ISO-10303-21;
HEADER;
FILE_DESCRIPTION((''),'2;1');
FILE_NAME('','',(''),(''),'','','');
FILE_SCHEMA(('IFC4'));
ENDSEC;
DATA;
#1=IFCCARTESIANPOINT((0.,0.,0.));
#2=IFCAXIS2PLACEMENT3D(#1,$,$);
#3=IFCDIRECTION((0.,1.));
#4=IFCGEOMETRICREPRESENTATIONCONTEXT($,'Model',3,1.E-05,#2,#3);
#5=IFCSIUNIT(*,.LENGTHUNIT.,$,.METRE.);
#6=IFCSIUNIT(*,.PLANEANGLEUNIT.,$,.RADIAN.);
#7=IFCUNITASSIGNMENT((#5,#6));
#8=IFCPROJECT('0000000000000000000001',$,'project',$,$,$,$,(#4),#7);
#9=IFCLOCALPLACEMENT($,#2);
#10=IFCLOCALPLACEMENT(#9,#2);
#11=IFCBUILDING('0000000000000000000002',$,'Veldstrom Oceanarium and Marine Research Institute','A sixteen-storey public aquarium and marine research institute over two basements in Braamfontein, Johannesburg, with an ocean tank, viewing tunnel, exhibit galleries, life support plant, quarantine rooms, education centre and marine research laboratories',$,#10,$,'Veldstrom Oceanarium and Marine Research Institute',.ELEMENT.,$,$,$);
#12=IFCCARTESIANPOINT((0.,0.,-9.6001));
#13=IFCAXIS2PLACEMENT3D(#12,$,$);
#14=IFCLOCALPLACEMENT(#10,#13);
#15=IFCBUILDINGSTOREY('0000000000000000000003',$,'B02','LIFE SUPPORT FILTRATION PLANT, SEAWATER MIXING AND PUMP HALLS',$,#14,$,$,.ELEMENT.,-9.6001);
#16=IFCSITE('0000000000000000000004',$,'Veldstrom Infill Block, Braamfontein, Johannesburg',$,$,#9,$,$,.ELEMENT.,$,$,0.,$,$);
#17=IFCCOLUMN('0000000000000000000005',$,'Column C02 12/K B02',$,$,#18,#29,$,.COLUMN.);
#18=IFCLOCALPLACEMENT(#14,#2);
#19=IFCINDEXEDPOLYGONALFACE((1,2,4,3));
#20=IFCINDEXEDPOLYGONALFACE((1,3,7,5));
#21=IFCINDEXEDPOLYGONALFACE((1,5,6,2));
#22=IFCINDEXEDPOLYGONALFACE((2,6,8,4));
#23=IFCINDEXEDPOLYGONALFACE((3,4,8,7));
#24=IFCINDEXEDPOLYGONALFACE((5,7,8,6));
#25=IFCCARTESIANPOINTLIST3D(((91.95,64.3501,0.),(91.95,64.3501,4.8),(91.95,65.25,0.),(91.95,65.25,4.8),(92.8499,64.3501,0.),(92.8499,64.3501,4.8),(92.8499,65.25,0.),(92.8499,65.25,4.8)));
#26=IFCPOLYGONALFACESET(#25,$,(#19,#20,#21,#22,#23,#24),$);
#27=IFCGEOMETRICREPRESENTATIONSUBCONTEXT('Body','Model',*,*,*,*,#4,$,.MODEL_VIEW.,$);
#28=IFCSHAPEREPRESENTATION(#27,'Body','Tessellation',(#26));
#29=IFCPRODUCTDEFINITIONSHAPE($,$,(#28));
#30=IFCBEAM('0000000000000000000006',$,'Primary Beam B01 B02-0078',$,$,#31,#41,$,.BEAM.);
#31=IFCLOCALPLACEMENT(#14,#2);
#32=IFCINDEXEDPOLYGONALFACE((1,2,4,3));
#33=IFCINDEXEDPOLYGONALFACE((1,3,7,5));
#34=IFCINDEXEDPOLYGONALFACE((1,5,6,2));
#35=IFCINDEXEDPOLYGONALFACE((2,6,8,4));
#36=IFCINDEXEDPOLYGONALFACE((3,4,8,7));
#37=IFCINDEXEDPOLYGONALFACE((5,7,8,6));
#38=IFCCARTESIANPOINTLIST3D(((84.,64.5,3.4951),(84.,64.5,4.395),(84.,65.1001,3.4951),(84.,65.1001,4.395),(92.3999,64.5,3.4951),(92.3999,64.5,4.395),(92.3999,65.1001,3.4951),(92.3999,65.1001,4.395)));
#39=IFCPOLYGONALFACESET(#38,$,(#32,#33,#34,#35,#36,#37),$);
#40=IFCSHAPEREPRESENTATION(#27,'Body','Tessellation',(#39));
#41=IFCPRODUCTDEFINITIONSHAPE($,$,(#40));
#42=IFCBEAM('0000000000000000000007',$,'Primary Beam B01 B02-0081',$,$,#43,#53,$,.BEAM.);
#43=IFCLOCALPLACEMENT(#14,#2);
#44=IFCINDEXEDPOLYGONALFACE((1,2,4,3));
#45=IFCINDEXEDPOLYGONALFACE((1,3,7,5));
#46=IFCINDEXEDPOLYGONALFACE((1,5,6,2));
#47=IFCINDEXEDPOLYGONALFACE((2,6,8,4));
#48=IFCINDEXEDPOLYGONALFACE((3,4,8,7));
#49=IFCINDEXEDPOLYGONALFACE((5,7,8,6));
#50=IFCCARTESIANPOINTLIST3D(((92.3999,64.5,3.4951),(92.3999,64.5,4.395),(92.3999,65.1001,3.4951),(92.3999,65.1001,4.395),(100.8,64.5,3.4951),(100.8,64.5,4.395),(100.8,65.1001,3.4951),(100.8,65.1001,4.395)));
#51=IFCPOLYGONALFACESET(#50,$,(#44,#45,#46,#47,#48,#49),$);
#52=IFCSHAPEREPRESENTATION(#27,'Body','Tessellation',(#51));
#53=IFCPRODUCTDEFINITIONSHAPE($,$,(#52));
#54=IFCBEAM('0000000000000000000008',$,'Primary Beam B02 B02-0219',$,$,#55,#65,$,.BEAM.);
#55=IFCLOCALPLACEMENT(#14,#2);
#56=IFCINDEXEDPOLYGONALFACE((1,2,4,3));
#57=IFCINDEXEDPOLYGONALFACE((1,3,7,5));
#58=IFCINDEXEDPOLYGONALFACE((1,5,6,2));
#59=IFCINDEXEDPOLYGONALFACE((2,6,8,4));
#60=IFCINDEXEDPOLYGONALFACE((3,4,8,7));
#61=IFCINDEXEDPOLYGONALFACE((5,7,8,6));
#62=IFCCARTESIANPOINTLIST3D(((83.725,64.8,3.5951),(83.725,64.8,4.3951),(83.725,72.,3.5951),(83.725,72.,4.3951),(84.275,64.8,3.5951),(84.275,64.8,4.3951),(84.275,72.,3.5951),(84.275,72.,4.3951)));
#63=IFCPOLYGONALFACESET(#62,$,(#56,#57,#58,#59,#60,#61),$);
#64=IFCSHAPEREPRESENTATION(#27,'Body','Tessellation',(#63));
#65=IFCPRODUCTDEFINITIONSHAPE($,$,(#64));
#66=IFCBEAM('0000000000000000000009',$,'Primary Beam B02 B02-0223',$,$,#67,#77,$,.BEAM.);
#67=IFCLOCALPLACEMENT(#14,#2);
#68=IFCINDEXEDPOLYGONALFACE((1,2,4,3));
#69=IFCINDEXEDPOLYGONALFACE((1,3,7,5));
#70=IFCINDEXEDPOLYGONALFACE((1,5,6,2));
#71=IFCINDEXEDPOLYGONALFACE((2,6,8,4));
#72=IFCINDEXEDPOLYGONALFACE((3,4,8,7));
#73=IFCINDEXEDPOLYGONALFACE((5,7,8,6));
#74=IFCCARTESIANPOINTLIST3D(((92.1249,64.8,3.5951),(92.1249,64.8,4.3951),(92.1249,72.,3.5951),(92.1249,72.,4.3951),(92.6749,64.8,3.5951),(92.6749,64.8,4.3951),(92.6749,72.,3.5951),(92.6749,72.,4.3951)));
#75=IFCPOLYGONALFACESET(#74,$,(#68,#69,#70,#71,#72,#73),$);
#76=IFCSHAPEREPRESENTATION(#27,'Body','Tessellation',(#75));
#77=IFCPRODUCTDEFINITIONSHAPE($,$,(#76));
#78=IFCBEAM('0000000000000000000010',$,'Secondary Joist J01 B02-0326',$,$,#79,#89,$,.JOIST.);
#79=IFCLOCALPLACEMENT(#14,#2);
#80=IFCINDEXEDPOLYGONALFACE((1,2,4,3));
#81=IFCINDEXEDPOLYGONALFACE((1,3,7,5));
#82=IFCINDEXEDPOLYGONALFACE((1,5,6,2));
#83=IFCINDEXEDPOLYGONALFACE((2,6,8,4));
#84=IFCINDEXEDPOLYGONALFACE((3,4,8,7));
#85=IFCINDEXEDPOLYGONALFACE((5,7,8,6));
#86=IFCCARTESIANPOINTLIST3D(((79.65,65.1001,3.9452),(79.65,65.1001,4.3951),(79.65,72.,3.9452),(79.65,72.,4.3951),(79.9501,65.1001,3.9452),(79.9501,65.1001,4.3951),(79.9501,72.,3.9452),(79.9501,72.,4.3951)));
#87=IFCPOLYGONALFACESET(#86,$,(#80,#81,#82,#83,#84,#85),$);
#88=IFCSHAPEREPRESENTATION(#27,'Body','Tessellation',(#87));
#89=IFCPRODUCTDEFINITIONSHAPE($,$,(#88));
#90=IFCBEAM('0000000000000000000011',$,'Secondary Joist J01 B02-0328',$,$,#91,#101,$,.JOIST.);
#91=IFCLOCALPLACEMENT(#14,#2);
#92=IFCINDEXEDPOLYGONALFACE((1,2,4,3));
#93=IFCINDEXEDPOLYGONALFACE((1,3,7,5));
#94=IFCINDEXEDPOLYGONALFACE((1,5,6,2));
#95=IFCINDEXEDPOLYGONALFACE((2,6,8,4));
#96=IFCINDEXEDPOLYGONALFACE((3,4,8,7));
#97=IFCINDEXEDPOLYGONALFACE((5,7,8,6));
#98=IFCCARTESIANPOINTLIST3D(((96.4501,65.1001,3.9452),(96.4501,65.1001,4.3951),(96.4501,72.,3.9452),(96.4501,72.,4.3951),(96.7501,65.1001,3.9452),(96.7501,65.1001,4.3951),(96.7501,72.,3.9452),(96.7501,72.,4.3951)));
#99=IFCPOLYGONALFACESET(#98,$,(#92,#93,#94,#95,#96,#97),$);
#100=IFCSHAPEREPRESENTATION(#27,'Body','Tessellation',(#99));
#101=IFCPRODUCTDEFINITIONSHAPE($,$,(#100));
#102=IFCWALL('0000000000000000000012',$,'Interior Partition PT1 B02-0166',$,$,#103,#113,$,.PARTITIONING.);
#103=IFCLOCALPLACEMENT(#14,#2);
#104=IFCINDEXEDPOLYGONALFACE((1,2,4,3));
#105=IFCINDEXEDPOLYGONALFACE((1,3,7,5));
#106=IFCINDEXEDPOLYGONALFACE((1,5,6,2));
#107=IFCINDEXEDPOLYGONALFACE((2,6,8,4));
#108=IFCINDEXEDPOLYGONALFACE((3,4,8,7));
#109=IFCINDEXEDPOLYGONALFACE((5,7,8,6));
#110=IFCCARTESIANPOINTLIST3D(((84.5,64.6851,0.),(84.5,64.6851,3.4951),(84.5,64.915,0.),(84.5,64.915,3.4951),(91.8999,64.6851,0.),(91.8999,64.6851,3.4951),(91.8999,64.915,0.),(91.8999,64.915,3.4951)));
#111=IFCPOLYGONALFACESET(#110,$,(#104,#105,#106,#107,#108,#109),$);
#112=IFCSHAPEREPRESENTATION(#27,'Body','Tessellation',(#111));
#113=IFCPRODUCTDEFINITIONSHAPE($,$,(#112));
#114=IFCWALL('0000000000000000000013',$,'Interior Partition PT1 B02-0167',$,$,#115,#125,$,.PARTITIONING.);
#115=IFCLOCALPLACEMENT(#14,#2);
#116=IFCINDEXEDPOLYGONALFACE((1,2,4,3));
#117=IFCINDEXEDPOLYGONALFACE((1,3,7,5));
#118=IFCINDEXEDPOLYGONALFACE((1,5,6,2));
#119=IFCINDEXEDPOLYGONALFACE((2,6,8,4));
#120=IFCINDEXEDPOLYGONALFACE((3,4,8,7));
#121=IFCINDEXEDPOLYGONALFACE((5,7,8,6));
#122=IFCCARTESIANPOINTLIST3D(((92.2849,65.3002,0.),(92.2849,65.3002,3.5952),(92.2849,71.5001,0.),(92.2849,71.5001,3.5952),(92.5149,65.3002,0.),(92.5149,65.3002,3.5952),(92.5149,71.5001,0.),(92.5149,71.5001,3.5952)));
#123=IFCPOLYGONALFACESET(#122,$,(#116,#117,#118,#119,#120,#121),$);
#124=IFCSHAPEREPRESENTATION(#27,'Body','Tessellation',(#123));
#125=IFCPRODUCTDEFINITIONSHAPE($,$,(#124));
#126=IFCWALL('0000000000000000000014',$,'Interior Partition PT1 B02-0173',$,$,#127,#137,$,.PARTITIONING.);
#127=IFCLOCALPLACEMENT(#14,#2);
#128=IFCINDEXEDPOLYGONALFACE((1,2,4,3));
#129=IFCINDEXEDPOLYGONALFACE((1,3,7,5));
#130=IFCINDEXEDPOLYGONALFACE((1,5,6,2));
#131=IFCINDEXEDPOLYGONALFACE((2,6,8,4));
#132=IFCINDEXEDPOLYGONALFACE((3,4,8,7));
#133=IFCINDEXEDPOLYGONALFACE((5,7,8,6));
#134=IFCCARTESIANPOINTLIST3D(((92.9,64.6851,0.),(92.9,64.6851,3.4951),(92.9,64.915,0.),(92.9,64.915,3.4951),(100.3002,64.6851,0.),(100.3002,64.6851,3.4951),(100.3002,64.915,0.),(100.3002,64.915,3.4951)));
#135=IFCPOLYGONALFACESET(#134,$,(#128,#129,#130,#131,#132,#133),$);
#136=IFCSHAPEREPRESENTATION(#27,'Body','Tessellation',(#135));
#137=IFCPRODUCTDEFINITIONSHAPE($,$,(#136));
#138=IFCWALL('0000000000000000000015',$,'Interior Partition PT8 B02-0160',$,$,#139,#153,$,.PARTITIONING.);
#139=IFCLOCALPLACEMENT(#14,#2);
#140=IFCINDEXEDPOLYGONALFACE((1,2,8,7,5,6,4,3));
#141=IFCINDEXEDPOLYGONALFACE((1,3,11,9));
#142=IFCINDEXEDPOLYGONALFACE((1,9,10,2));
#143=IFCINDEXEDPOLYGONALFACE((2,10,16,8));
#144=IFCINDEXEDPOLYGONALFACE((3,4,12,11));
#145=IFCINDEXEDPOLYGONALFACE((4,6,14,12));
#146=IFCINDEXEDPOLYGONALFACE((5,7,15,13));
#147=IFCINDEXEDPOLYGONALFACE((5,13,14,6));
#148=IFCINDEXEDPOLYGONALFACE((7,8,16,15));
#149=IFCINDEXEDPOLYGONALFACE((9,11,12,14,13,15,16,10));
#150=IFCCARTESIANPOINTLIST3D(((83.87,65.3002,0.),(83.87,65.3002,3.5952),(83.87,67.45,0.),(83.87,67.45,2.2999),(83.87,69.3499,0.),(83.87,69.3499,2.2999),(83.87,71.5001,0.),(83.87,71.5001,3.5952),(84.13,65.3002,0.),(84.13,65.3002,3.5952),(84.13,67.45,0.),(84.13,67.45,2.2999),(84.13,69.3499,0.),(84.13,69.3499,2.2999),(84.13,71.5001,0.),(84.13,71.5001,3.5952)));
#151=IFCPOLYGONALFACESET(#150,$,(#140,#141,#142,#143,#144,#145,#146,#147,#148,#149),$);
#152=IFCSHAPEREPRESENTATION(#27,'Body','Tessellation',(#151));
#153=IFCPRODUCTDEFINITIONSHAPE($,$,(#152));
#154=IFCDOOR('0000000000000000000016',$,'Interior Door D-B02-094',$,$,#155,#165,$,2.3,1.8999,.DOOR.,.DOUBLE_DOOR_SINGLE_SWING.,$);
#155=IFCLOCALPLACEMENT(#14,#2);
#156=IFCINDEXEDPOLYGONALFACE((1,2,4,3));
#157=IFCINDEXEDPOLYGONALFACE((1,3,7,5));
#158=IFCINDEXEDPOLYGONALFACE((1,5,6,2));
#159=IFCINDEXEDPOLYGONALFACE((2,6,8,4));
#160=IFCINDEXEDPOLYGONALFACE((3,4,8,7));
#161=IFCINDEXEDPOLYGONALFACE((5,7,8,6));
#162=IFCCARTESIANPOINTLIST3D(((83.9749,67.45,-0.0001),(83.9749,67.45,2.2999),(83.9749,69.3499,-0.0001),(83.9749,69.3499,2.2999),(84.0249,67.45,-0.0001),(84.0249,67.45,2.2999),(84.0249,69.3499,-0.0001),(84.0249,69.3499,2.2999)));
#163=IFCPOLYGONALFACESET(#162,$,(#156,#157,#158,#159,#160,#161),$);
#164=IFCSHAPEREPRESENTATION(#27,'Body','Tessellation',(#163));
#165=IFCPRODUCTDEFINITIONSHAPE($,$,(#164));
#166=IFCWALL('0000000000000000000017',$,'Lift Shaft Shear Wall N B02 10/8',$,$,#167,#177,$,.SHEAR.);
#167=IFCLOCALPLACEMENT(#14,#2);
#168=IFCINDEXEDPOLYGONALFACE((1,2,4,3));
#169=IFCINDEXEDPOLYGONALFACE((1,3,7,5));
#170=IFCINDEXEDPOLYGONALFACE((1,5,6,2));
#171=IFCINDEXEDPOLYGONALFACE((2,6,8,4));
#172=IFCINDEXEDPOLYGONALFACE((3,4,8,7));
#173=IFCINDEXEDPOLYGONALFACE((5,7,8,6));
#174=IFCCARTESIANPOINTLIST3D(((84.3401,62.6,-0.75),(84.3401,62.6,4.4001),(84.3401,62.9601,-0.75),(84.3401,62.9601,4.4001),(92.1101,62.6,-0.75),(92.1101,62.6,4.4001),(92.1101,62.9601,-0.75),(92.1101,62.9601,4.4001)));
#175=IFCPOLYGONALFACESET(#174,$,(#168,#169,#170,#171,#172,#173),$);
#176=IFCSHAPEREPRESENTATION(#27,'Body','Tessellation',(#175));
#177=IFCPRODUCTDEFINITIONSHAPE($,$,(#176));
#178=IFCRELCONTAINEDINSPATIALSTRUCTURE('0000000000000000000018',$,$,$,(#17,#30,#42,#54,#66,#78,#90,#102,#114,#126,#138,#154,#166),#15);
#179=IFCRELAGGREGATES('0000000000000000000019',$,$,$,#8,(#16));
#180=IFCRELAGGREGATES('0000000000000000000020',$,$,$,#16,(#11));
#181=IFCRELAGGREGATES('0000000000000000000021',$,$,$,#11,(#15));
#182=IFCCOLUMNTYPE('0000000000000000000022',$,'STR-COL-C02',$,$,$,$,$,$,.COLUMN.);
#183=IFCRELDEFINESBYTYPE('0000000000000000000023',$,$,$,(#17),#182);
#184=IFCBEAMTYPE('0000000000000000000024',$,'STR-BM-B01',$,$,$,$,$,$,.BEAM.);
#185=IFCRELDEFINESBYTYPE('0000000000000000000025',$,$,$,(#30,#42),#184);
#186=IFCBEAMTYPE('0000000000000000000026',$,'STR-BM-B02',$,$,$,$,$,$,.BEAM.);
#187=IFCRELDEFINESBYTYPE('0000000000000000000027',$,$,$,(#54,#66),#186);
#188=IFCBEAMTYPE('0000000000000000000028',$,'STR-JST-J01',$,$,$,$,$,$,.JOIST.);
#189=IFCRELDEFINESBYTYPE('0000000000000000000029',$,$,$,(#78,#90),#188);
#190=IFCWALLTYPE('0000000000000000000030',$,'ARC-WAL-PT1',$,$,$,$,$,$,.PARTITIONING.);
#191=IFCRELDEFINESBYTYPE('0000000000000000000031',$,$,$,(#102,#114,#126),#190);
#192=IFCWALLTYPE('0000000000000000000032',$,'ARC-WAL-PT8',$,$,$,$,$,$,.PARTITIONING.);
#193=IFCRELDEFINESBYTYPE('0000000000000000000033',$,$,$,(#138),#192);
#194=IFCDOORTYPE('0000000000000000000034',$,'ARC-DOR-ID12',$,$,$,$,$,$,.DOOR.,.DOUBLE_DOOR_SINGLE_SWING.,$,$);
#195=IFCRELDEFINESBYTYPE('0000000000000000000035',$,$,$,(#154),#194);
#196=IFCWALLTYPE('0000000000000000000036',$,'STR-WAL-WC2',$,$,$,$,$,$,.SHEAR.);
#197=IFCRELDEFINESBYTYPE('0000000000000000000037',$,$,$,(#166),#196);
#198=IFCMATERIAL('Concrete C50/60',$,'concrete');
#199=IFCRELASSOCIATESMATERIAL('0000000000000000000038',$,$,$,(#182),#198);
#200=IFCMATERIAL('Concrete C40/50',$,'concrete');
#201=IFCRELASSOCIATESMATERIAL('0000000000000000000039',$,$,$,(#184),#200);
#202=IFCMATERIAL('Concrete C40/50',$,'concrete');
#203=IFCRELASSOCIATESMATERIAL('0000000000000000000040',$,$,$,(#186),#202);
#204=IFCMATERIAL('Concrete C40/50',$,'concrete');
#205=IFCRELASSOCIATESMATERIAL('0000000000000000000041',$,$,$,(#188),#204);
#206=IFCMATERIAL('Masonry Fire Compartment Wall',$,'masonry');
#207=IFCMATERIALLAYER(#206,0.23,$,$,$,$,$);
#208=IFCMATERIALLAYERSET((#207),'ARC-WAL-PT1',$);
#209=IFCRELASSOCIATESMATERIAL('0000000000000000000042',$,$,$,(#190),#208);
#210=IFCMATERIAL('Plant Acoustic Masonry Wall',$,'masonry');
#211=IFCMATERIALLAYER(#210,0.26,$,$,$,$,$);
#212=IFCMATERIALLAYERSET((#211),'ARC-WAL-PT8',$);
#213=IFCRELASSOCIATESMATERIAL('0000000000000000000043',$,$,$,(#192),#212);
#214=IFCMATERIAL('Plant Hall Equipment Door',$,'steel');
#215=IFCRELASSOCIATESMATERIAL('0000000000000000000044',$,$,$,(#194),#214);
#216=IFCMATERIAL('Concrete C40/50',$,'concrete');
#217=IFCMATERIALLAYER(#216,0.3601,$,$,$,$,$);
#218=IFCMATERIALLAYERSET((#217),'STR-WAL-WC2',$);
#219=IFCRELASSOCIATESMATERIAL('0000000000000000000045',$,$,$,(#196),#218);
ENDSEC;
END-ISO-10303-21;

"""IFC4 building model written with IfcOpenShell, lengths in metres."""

from ifc_helpers import new_model, si_unit, direction, frame, frame_2d, origin, origin_2d, place, context, subcontext, project, spatial, rectangle, extrude, material, layer, layer_set, material_profile, profile_set, type_object, element, fill, save


model = new_model("IFC4")

# Units and contexts
model_context = context("Model", 3, precision=1e-05, world=origin(), true_north=direction((0.0, 1.0)))
body_context = subcontext(model_context, "Body", "Model", "MODEL_VIEW")
ifc_project = project(units=[si_unit("LENGTHUNIT", "METRE"), si_unit("PLANEANGLEUNIT", "RADIAN")], contexts=[model_context])

# Site, building, storey
site_placement = place(None, origin())
site = spatial("IfcSite", under=ifc_project, at=site_placement, Name="Veldstrom Infill Block, Braamfontein, Johannesburg", CompositionType="ELEMENT", RefElevation=0.0)
building_placement = place(site_placement, origin())
building = spatial("IfcBuilding", under=site, at=building_placement, Name="Veldstrom Oceanarium and Marine Research Institute", Description="A sixteen-storey public aquarium and marine research institute over two basements in Braamfontein, Johannesburg, with an ocean tank, viewing tunnel, exhibit galleries, life support plant, quarantine rooms, education centre and marine research laboratories", LongName="Veldstrom Oceanarium and Marine Research Institute", CompositionType="ELEMENT")
storey_placement = place(building_placement, frame((0.0, 0.0, -9.6001)))
storey = spatial("IfcBuildingStorey", under=building, at=storey_placement, Name="B02", Description="LIFE SUPPORT FILTRATION PLANT, SEAWATER MIXING AND PUMP HALLS", CompositionType="ELEMENT", Elevation=-9.6001)

# Column
ifc_material_1 = material(Name="Concrete C50/60", Category="concrete")
ifc_material_profile_1 = material_profile(ifc_material_1, rectangle(XDim=0.8999, YDim=0.8999, at=origin_2d()), Name="RC-COL-900x900")
ifc_profile_set_1 = profile_set([ifc_material_profile_1], Name="Concrete C50/60")
column_type = type_object("IfcColumnType", Name="STR-COL-C02", PredefinedType="COLUMN", material=ifc_profile_set_1)
for number, where, z_axis, x_axis, name in (
    (1, (92.3999, 64.8, 0.0), (0.0, 0.0, 1.0), (1.0, 0.0, 0.0), "Column C02 12/K B02"),
):
    element("IfcColumn", number, at=place(storey_placement, frame(where, z_axis=z_axis, x_axis=x_axis)), inside=storey, type_object=column_type, Name=name, PredefinedType="COLUMN", context=body_context, shape_type="SweptSolid", body=[
        extrude(rectangle(XDim=0.8999, YDim=0.8999, at=origin_2d()), origin(), (0.0, 0.0, 1.0), 4.8),
    ])

# Beams
ifc_material_2 = material(Name="Concrete C40/50", Category="concrete")
ifc_material_profile_2 = material_profile(ifc_material_2, rectangle(XDim=0.6001, YDim=0.8999, at=origin_2d()), Name="RC-BM-600x900")
ifc_profile_set_2 = profile_set([ifc_material_profile_2], Name="Concrete C40/50")
beam_type_1 = type_object("IfcBeamType", Name="STR-BM-B01", PredefinedType="BEAM", material=ifc_profile_set_2)
beam_1_placement = place(storey_placement, frame((84.0, 64.8, 3.9451), z_axis=(1.0, 0.0, 0.0), x_axis=(0.0, 1.0, 0.0)))
element("IfcBeam", 2, at=beam_1_placement, inside=storey, type_object=beam_type_1, Name="Primary Beam B01 B02-0078", PredefinedType="BEAM", context=body_context, shape_type="SweptSolid", body=[
    extrude(rectangle(XDim=0.6001, YDim=0.8999, at=origin_2d()), origin(), (0.0, 0.0, 1.0), 8.3999),
])
beam_2_placement = place(storey_placement, frame((92.3999, 64.8, 3.9451), z_axis=(1.0, 0.0, 0.0), x_axis=(0.0, 1.0, 0.0)))
element("IfcBeam", 3, at=beam_2_placement, inside=storey, type_object=beam_type_1, Name="Primary Beam B01 B02-0081", PredefinedType="BEAM", context=body_context, shape_type="SweptSolid", body=[
    extrude(rectangle(XDim=0.6001, YDim=0.8999, at=origin_2d()), origin(), (0.0, 0.0, 1.0), 8.4001),
])
ifc_material_3 = material(Name="Concrete C40/50", Category="concrete")
ifc_material_profile_3 = material_profile(ifc_material_3, rectangle(XDim=0.55, YDim=0.8, at=origin_2d()), Name="RC-BM-550x800")
ifc_profile_set_3 = profile_set([ifc_material_profile_3], Name="Concrete C40/50")
beam_type_2 = type_object("IfcBeamType", Name="STR-BM-B02", PredefinedType="BEAM", material=ifc_profile_set_3)
for number, where, z_axis, x_axis, name in (
    (4, (84.0, 64.8, 3.9951), (0.0, 1.0, 0.0), (-1.0, 0.0, 0.0), "Primary Beam B02 B02-0219"),
    (5, (92.3999, 64.8, 3.9951), (0.0, 1.0, 0.0), (-1.0, 0.0, 0.0), "Primary Beam B02 B02-0223"),
):
    element("IfcBeam", number, at=place(storey_placement, frame(where, z_axis=z_axis, x_axis=x_axis)), inside=storey, type_object=beam_type_2, Name=name, PredefinedType="BEAM", context=body_context, shape_type="SweptSolid", body=[
        extrude(rectangle(XDim=0.55, YDim=0.8, at=origin_2d()), origin(), (0.0, 0.0, 1.0), 7.2),
    ])
ifc_material_4 = material(Name="Concrete C40/50", Category="concrete")
ifc_material_profile_4 = material_profile(ifc_material_4, rectangle(XDim=0.3, YDim=0.45, at=origin_2d()), Name="RC-JST-300x450")
ifc_profile_set_4 = profile_set([ifc_material_profile_4], Name="Concrete C40/50")
beam_type_3 = type_object("IfcBeamType", Name="STR-JST-J01", PredefinedType="JOIST", material=ifc_profile_set_4)
for number, where, z_axis, x_axis, name in (
    (6, (79.8, 65.1001, 4.1702), (0.0, 1.0, 0.0), (-1.0, 0.0, 0.0), "Secondary Joist J01 B02-0326"),
    (7, (96.6001, 65.1001, 4.1702), (0.0, 1.0, 0.0), (-1.0, 0.0, 0.0), "Secondary Joist J01 B02-0328"),
):
    element("IfcBeam", number, at=place(storey_placement, frame(where, z_axis=z_axis, x_axis=x_axis)), inside=storey, type_object=beam_type_3, Name=name, PredefinedType="JOIST", context=body_context, shape_type="SweptSolid", body=[
        extrude(rectangle(XDim=0.3, YDim=0.45, at=origin_2d()), origin(), (0.0, 0.0, 1.0), 6.8999),
    ])

# Walls
ifc_material_5 = material(Name="Masonry Fire Compartment Wall", Category="masonry")
ifc_layer_1 = layer(ifc_material_5, 0.23)
ifc_layer_set_1 = layer_set([ifc_layer_1], Name="ARC-WAL-PT1")
wall_type_1 = type_object("IfcWallType", Name="ARC-WAL-PT1", PredefinedType="PARTITIONING", material=ifc_layer_set_1)
wall_1_placement = place(storey_placement, frame((84.5, 64.8, 0.0), z_axis=(0.0, 0.0, 1.0), x_axis=(1.0, 0.0, 0.0)))
element("IfcWall", 8, at=wall_1_placement, inside=storey, type_object=wall_type_1, Name="Interior Partition PT1 B02-0166", PredefinedType="PARTITIONING", context=body_context, shape_type="SweptSolid", body=[
    extrude(rectangle(XDim=7.3999, YDim=0.23, at=frame_2d((3.7, 0.0))), origin(), (0.0, 0.0, 1.0), 3.4951),
])
wall_2_placement = place(storey_placement, frame((92.3999, 65.3, 0.0), z_axis=(0.0, 0.0, 1.0), x_axis=(0.0, 1.0, 0.0)))
element("IfcWall", 9, at=wall_2_placement, inside=storey, type_object=wall_type_1, Name="Interior Partition PT1 B02-0167", PredefinedType="PARTITIONING", context=body_context, shape_type="SweptSolid", body=[
    extrude(rectangle(XDim=6.2, YDim=0.23, at=frame_2d((3.1001, 0.0))), origin(), (0.0, 0.0, 1.0), 3.5952),
])
wall_3_placement = place(storey_placement, frame((92.8999, 64.8, 0.0), z_axis=(0.0, 0.0, 1.0), x_axis=(1.0, 0.0, 0.0)))
element("IfcWall", 10, at=wall_3_placement, inside=storey, type_object=wall_type_1, Name="Interior Partition PT1 B02-0173", PredefinedType="PARTITIONING", context=body_context, shape_type="SweptSolid", body=[
    extrude(rectangle(XDim=7.4001, YDim=0.23, at=frame_2d((3.7002, 0.0))), origin(), (0.0, 0.0, 1.0), 3.4951),
])

# Wall, opening, door
ifc_material_6 = material(Name="Plant Acoustic Masonry Wall", Category="masonry")
ifc_layer_2 = layer(ifc_material_6, 0.26)
ifc_layer_set_2 = layer_set([ifc_layer_2], Name="ARC-WAL-PT8")
wall_type_2 = type_object("IfcWallType", Name="ARC-WAL-PT8", PredefinedType="PARTITIONING", material=ifc_layer_set_2)
wall_4_placement = place(storey_placement, frame((84.0, 65.3, 0.0), z_axis=(0.0, 0.0, 1.0), x_axis=(0.0, 1.0, 0.0)))
wall_4 = element("IfcWall", 11, at=wall_4_placement, inside=storey, type_object=wall_type_2, Name="Interior Partition PT8 B02-0160", PredefinedType="PARTITIONING", context=body_context, shape_type="SweptSolid", body=[
    extrude(rectangle(XDim=6.2, YDim=0.26, at=frame_2d((3.1001, 0.0))), origin(), (0.0, 0.0, 1.0), 3.5952),
])
opening_placement = place(wall_4_placement, frame((2.1499, 0.0, 0.0)))
opening = element("IfcOpeningElement", 12, at=opening_placement, cuts=wall_4, PredefinedType="OPENING", context=body_context, shape_type="SweptSolid", body=[
    extrude(rectangle(XDim=1.8999, YDim=2.3, at=frame_2d((0.95, 1.1499))), frame((0.0, 0.1399, 0.0), z_axis=(0.0, -1.0, 0.0), x_axis=(1.0, 0.0, 0.0)), (0.0, 0.0, 1.0), 0.28),
])
ifc_material_7 = material(Name="Plant Hall Equipment Door", Category="steel")
door_type = type_object("IfcDoorType", Name="ARC-DOR-ID12", OperationType="DOUBLE_DOOR_SINGLE_SWING", PredefinedType="DOOR", material=ifc_material_7)
door_placement = place(opening_placement, frame((1.8999, 0.0, 0.0), z_axis=(0.0, 0.0, 1.0), x_axis=(-1.0, 0.0, 0.0)))
door = element("IfcDoor", 13, at=door_placement, inside=storey, type_object=door_type, Name="Interior Door D-B02-094", OperationType="DOUBLE_DOOR_SINGLE_SWING", OverallHeight=2.3, OverallWidth=1.8999, PredefinedType="DOOR", context=body_context, shape_type="SweptSolid", body=[
    extrude(rectangle(XDim=1.8999, YDim=2.3, at=frame_2d((0.95, 1.1499))), frame((0.0, 0.0249, 0.0), z_axis=(0.0, -1.0, 0.0), x_axis=(1.0, 0.0, 0.0)), (0.0, 0.0, 1.0), 0.05),
])
fill(opening, door)

# Wall
ifc_material_8 = material(Name="Concrete C40/50", Category="concrete")
ifc_layer_3 = layer(ifc_material_8, 0.3601)
ifc_layer_set_3 = layer_set([ifc_layer_3], Name="STR-WAL-WC2")
wall_type_3 = type_object("IfcWallType", Name="STR-WAL-WC2", PredefinedType="SHEAR", material=ifc_layer_set_3)
wall_5_placement = place(storey_placement, frame((84.3401, 62.78, -0.75), z_axis=(0.0, 0.0, 1.0), x_axis=(1.0, 0.0, 0.0)))
element("IfcWall", 14, at=wall_5_placement, inside=storey, type_object=wall_type_3, Name="Lift Shaft Shear Wall N B02 10/8", PredefinedType="SHEAR", context=body_context, shape_type="SweptSolid", body=[
    extrude(rectangle(XDim=7.77, YDim=0.3601, at=frame_2d((3.885, 0.0))), origin(), (0.0, 0.0, 1.0), 5.1501),
])

save(model, "model.ifc")
